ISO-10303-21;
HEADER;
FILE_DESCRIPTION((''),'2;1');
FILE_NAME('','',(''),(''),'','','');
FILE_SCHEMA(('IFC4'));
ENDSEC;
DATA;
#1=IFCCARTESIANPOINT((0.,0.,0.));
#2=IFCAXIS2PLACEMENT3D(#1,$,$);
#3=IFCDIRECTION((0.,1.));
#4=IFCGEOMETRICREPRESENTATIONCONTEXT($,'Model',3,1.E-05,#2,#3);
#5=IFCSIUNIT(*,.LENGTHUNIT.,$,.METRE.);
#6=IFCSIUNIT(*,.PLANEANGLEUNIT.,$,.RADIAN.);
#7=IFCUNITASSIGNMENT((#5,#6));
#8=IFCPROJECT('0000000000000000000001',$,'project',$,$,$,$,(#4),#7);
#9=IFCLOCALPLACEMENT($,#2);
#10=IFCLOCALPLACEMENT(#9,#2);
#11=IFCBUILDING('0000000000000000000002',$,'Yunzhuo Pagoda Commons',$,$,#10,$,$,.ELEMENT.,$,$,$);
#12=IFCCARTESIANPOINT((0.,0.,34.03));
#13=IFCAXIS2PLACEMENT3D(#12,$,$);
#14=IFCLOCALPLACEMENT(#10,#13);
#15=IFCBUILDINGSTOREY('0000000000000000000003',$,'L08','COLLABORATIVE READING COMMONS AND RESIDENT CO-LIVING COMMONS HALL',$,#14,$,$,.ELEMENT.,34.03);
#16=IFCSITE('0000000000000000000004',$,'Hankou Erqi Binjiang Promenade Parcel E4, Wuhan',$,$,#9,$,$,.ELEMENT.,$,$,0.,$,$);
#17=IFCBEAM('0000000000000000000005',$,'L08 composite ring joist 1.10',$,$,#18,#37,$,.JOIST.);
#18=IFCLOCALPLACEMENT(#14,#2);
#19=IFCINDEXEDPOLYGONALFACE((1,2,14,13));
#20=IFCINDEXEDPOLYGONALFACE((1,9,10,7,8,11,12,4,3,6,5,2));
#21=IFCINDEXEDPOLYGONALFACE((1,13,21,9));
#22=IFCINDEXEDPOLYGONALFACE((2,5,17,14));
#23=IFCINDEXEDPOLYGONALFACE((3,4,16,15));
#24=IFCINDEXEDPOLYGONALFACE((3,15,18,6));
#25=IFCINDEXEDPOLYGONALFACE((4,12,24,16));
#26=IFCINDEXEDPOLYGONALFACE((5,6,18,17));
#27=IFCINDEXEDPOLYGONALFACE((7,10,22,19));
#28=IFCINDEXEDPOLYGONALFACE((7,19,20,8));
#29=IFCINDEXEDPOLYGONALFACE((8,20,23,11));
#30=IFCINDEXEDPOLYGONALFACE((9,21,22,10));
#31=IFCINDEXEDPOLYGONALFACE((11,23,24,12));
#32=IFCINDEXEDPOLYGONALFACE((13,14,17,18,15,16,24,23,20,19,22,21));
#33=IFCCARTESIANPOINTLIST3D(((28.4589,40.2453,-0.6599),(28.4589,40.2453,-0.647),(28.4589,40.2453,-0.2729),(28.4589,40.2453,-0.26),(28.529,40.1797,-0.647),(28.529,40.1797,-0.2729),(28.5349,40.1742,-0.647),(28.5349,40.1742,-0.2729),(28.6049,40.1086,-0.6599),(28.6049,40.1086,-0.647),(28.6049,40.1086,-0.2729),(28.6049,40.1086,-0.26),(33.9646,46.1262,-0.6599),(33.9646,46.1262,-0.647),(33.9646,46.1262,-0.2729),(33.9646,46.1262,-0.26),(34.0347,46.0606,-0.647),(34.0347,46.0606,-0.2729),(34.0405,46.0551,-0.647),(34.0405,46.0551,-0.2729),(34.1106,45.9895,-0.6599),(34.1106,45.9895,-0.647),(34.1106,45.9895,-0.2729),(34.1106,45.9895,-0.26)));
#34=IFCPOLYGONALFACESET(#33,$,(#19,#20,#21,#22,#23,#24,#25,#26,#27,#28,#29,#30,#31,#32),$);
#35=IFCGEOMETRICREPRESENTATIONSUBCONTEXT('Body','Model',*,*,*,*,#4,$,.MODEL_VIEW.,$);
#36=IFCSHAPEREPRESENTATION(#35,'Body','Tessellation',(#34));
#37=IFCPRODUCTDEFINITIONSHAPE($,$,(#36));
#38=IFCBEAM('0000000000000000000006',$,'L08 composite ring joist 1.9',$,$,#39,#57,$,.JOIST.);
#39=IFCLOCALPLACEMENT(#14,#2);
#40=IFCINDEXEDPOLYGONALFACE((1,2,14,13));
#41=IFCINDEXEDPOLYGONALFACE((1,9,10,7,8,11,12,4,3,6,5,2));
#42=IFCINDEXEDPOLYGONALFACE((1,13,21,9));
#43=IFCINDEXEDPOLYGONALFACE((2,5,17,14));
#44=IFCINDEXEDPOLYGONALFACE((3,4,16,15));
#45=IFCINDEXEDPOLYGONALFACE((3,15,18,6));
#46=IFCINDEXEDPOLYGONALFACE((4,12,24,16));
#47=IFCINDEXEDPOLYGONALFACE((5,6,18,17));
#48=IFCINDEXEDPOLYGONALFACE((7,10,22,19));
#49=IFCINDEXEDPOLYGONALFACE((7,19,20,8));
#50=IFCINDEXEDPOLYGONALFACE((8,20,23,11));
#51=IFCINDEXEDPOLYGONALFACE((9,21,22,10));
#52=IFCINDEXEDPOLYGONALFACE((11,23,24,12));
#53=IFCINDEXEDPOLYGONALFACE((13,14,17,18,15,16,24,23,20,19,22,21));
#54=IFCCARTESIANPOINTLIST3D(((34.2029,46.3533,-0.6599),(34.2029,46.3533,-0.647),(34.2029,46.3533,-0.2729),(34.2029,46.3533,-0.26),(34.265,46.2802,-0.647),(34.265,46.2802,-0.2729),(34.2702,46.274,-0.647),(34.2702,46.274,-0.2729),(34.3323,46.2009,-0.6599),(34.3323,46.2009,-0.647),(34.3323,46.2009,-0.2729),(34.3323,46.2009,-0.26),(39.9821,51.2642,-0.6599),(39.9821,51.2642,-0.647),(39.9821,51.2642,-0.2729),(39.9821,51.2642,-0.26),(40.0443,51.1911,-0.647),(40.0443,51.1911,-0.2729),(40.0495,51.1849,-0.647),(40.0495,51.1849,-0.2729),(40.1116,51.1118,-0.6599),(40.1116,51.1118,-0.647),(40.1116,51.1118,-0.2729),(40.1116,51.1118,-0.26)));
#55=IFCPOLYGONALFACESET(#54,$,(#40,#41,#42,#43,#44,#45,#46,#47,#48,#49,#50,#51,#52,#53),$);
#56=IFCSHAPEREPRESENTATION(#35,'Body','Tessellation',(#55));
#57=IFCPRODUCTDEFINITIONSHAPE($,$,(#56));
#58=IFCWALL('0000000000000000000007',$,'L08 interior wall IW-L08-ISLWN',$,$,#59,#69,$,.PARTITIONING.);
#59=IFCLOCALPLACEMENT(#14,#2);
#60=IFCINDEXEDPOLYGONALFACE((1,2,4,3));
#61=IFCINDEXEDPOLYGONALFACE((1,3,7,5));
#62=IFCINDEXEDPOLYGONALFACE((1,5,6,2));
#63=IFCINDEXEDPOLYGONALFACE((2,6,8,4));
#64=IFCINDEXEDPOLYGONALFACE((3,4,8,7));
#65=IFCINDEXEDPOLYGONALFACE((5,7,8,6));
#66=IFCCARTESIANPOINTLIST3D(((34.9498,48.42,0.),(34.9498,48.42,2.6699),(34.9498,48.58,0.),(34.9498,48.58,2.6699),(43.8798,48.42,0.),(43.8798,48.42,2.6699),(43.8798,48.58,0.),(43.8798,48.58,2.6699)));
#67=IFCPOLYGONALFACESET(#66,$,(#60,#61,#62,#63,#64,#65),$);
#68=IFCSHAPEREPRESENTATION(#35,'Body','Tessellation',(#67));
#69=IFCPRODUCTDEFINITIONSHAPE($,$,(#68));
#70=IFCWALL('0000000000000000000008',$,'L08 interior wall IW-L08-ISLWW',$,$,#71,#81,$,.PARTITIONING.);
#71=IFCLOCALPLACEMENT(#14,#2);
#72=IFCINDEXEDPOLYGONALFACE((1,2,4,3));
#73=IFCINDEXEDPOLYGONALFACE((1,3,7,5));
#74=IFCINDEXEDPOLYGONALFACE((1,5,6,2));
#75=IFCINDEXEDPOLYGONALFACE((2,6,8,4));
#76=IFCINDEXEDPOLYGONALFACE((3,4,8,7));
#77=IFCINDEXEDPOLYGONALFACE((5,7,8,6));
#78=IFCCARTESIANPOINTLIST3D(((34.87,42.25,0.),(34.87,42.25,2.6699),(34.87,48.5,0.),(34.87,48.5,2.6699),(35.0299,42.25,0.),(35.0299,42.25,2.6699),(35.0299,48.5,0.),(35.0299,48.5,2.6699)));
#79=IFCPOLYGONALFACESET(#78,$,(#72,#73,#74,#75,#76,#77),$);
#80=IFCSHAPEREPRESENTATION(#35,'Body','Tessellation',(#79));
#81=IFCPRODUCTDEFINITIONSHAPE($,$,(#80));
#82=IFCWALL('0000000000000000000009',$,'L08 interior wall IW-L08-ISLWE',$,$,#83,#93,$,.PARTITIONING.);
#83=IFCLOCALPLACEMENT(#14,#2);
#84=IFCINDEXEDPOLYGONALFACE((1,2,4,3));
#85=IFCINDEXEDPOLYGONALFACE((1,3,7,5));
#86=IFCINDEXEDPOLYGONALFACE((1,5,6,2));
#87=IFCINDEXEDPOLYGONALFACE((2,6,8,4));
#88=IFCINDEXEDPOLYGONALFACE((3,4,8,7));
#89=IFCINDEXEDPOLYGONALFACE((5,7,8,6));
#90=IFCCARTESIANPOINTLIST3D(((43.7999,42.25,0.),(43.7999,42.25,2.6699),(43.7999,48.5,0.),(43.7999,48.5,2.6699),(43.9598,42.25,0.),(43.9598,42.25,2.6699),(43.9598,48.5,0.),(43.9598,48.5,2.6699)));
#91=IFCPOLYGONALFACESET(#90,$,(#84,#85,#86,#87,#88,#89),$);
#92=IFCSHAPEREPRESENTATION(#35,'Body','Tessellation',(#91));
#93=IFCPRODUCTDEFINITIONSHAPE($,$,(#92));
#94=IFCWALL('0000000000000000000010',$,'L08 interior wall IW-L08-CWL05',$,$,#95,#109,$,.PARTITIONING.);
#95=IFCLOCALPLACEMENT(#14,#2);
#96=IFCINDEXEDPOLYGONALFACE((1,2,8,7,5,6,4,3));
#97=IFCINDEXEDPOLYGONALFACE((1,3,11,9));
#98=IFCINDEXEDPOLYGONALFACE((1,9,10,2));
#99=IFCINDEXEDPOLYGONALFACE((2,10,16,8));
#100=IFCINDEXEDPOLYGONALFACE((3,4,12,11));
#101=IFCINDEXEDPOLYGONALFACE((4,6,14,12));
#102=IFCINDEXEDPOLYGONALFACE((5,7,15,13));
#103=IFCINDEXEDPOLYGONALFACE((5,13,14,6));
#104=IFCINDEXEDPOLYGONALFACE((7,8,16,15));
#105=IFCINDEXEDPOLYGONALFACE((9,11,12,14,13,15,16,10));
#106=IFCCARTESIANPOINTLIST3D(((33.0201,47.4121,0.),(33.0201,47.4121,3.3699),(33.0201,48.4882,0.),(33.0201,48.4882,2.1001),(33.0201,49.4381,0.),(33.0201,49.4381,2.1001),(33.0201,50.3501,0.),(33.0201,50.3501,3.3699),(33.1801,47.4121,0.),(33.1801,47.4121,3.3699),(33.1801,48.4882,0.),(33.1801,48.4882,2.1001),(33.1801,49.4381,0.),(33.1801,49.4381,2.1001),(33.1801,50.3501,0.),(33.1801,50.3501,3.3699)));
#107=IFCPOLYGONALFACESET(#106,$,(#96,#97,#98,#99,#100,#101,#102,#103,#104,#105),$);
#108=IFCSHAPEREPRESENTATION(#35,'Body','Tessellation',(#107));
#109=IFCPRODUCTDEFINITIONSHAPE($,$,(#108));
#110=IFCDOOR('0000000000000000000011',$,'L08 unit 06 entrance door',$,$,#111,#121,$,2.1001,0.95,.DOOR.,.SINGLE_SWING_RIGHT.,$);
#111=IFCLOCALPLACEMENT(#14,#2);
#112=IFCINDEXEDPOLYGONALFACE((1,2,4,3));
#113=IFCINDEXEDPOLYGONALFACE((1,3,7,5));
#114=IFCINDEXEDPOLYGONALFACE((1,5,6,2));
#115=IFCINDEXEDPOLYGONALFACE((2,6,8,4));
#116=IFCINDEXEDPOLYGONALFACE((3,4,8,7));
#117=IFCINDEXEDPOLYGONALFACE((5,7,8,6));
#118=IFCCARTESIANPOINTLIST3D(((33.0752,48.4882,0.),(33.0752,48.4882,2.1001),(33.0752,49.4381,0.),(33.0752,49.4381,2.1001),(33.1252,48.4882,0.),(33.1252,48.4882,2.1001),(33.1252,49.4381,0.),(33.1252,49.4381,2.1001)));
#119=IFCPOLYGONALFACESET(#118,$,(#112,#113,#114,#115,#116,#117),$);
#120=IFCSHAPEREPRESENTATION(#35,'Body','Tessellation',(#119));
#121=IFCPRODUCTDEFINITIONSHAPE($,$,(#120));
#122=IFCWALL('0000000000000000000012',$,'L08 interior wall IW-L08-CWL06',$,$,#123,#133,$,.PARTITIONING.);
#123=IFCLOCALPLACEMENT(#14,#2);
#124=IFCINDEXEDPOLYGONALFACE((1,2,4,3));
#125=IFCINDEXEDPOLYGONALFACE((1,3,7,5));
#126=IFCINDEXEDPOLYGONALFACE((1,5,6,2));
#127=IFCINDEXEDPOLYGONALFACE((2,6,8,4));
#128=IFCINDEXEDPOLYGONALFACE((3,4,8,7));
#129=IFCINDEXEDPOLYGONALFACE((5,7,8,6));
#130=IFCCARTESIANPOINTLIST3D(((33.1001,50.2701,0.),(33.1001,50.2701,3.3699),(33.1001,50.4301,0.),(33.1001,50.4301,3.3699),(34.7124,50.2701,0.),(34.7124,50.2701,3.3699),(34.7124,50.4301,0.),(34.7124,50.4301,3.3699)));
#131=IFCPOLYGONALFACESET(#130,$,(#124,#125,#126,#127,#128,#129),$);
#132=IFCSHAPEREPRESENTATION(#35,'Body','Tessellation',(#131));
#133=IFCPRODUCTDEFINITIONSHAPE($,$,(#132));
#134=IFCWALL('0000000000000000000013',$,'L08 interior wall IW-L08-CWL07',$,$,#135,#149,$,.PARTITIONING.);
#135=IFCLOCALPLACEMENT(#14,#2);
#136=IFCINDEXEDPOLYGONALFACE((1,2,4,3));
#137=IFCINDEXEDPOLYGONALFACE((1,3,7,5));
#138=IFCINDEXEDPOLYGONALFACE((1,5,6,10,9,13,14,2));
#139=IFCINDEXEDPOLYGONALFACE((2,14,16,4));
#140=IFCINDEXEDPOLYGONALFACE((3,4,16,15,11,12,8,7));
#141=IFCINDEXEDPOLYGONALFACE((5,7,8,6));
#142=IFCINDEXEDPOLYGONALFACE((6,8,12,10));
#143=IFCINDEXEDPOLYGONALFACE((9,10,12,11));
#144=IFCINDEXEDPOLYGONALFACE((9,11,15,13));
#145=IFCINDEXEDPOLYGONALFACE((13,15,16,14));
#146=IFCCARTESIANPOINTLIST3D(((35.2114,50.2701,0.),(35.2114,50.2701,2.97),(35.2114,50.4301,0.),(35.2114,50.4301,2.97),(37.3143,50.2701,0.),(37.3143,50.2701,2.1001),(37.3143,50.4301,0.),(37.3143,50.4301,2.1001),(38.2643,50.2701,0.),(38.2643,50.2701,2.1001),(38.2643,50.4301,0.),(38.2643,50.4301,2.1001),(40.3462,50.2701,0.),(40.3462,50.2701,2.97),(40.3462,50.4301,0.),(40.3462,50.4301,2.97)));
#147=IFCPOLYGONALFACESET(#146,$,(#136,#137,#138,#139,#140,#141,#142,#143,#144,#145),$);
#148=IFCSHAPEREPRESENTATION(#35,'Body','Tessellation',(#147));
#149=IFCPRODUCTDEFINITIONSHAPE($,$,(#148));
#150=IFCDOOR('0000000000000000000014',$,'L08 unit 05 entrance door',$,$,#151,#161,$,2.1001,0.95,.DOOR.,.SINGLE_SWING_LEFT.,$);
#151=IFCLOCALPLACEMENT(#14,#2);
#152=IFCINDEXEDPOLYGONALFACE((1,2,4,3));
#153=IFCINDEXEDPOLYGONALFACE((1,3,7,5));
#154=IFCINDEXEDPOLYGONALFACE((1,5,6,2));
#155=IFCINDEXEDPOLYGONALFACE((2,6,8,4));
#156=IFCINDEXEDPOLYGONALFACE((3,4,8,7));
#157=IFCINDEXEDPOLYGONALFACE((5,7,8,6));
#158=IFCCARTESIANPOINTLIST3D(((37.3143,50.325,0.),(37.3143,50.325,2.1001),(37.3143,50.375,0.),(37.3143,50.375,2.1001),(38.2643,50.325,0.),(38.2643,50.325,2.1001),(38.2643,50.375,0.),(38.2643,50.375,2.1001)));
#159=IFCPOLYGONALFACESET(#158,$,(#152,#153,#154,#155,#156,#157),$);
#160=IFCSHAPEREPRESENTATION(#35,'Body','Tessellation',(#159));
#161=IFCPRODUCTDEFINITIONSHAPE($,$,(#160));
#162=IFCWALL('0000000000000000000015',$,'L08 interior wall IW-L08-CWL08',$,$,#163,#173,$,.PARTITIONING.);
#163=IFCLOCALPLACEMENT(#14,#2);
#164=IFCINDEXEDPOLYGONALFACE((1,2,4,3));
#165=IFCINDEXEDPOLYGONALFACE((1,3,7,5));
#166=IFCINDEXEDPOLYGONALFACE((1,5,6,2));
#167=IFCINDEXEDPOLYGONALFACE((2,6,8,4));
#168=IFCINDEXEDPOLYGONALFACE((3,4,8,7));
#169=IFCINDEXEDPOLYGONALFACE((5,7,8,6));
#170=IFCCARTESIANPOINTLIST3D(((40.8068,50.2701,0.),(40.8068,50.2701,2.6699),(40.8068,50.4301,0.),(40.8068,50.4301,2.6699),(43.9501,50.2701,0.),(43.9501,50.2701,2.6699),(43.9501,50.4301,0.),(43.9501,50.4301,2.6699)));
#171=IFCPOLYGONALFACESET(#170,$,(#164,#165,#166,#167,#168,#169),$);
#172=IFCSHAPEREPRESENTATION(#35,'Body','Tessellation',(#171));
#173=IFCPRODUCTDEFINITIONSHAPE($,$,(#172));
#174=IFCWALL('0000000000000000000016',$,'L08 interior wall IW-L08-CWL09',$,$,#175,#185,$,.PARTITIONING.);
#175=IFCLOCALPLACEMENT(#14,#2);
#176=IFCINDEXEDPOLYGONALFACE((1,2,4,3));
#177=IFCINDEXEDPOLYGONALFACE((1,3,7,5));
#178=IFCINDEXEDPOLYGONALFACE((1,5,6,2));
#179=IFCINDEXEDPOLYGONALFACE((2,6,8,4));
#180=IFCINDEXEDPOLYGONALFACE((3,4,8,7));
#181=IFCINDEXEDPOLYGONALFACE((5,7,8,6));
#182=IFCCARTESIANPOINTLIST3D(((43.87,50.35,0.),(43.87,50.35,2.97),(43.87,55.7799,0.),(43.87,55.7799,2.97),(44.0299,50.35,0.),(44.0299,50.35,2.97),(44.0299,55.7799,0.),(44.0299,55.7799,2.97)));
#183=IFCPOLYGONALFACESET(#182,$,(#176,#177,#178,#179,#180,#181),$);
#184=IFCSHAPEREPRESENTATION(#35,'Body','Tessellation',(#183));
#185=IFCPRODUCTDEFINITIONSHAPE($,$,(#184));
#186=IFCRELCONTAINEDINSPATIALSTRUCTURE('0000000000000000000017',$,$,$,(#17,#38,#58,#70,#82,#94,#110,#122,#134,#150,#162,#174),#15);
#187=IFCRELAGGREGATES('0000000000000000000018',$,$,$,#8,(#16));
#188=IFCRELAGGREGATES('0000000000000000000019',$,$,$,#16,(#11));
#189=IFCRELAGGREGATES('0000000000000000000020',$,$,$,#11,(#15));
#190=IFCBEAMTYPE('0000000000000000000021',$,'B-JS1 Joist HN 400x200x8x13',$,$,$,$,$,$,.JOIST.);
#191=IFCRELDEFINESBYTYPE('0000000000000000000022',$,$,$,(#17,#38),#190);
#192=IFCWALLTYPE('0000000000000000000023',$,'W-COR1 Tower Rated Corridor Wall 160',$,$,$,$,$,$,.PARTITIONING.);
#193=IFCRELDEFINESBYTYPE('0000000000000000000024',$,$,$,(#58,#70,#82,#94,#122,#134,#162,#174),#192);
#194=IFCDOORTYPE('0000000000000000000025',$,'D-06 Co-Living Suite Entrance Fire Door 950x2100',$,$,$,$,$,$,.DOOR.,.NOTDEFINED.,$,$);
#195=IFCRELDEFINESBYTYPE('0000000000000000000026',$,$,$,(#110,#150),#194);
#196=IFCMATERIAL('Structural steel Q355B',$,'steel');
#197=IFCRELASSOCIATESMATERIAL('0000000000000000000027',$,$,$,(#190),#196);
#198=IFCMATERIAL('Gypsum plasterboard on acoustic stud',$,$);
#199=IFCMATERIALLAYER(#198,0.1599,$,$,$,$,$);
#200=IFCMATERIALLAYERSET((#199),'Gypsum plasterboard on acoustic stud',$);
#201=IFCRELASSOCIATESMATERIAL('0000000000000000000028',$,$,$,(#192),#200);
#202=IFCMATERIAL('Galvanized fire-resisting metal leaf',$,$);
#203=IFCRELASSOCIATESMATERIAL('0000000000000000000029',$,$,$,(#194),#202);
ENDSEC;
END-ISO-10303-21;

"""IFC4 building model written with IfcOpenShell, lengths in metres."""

from ifc_helpers import new_model, si_unit, direction, frame, frame_2d, origin, origin_with_axes, origin_2d, place, context, subcontext, project, spatial, rectangle, i_section, extrude, source, transform, mapped, material, layer, layer_set, material_profile, profile_set, type_object, element, fill, save


model = new_model("IFC4")

# Units and contexts
model_context = context("Model", 3, precision=1e-05, world=origin(), true_north=direction((0.0, 1.0)))
body_context = subcontext(model_context, "Body", "Model", "MODEL_VIEW")
ifc_project = project(units=[si_unit("LENGTHUNIT", "METRE"), si_unit("PLANEANGLEUNIT", "RADIAN")], contexts=[model_context])

# Site, building, storey
site_placement = place(None, origin())
site = spatial("IfcSite", under=ifc_project, at=site_placement, Name="Hankou Erqi Binjiang Promenade Parcel E4, Wuhan", CompositionType="ELEMENT", RefElevation=0.0)
building_placement = place(site_placement, origin())
building = spatial("IfcBuilding", under=site, at=building_placement, Name="Yunzhuo Pagoda Commons", CompositionType="ELEMENT")
storey_placement = place(building_placement, frame((0.0, 0.0, 34.03)))
storey = spatial("IfcBuildingStorey", under=building, at=storey_placement, Name="L08", Description="COLLABORATIVE READING COMMONS AND RESIDENT CO-LIVING COMMONS HALL", CompositionType="ELEMENT", Elevation=34.03)

# Beams
ifc_material_1 = material(Name="Structural steel Q355B", Category="steel")
ifc_material_profile = material_profile(ifc_material_1, i_section(OverallWidth=0.2, OverallDepth=0.3999, WebThickness=0.0081, FlangeThickness=0.0129, at=origin_2d()), Name="Structural steel Q355B")
ifc_profile_set = profile_set([ifc_material_profile], Name="Structural steel Q355B")
beam_type = type_object("IfcBeamType", Name="B-JS1 Joist HN 400x200x8x13", PredefinedType="JOIST", material=ifc_profile_set)
shared_shape_1 = source(origin(), body_context, "Body", "SweptSolid", [
    extrude(i_section(OverallWidth=0.2, OverallDepth=0.3999, WebThickness=0.0081, FlangeThickness=0.0129, at=origin_2d()), origin(), (0.0, 0.0, 1.0), 8.0559),
])
beam_1_placement = place(storey_placement, frame((34.0376, 46.0579, -0.46), z_axis=(-0.683433, -0.730013, 0.0), x_axis=(0.730013, -0.683433, 0.0)))
element("IfcBeam", 1, at=beam_1_placement, inside=storey, type_object=beam_type, Name="L08 composite ring joist 1.10", PredefinedType="JOIST", context=body_context, shape_type="MappedRepresentation", body=[
    mapped(shared_shape_1, transform((0.0, 0.0, 0.0), scale=1.0)),
])
shared_shape_2 = source(origin(), body_context, "Body", "SweptSolid", [
    extrude(i_section(OverallWidth=0.2, OverallDepth=0.3999, WebThickness=0.0081, FlangeThickness=0.0129, at=origin_2d()), origin(), (0.0, 0.0, 1.0), 7.584),
])
beam_2_placement = place(storey_placement, frame((40.0469, 51.188, -0.46), z_axis=(-0.762038, -0.647533, 0.0), x_axis=(0.647533, -0.762038, 0.0)))
element("IfcBeam", 2, at=beam_2_placement, inside=storey, type_object=beam_type, Name="L08 composite ring joist 1.9", PredefinedType="JOIST", context=body_context, shape_type="MappedRepresentation", body=[
    mapped(shared_shape_2, transform((0.0, 0.0, 0.0), scale=1.0)),
])

# Walls
ifc_material_2 = material(Name="Gypsum plasterboard on acoustic stud")
ifc_layer_1 = layer(ifc_material_2, 0.1599)
ifc_layer_set_1 = layer_set([ifc_layer_1], Name="Gypsum plasterboard on acoustic stud")
wall_type_1 = type_object("IfcWallType", Name="W-COR1 Tower Rated Corridor Wall 160", PredefinedType="PARTITIONING", material=ifc_layer_set_1)
wall_1_placement = place(storey_placement, frame((34.95, 48.5, 0.0), z_axis=(0.0, 0.0, 1.0), x_axis=(1.0, 0.0, 0.0)))
element("IfcWall", 3, at=wall_1_placement, inside=storey, type_object=wall_type_1, Name="L08 interior wall IW-L08-ISLWN", PredefinedType="PARTITIONING", context=body_context, shape_type="SweptSolid", body=[
    extrude(rectangle(XDim=8.9299, YDim=0.1599, at=frame_2d((4.4648, 0.0))), origin(), (0.0, 0.0, 1.0), 2.6699),
])
for number, where, z_axis, x_axis, name in (
    (4, (34.95, 42.25, 0.0), (0.0, 0.0, 1.0), (0.0, 1.0, 0.0), "L08 interior wall IW-L08-ISLWW"),
    (5, (43.8799, 42.25, 0.0), (0.0, 0.0, 1.0), (0.0, 1.0, 0.0), "L08 interior wall IW-L08-ISLWE"),
):
    element("IfcWall", number, at=place(storey_placement, frame(where, z_axis=z_axis, x_axis=x_axis)), inside=storey, type_object=wall_type_1, Name=name, PredefinedType="PARTITIONING", context=body_context, shape_type="SweptSolid", body=[
        extrude(rectangle(XDim=6.25, YDim=0.1599, at=frame_2d((3.125, 0.0))), origin(), (0.0, 0.0, 1.0), 2.6699),
    ])

# Wall, opening, door
wall_2_placement = place(storey_placement, frame((33.1001, 47.4121, 0.0), z_axis=(0.0, 0.0, 1.0), x_axis=(0.0, 1.0, 0.0)))
wall_2 = element("IfcWall", 6, at=wall_2_placement, inside=storey, type_object=wall_type_1, Name="L08 interior wall IW-L08-CWL05", PredefinedType="PARTITIONING", context=body_context, shape_type="SweptSolid", body=[
    extrude(rectangle(XDim=2.938, YDim=0.1599, at=frame_2d((1.469, 0.0))), origin(), (0.0, 0.0, 1.0), 3.3699),
])
opening_1_placement = place(wall_2_placement, frame((1.0759, 0.0, 0.0)))
opening_1 = element("IfcOpeningElement", 7, at=opening_1_placement, cuts=wall_2, PredefinedType="OPENING", context=body_context, shape_type="SweptSolid", body=[
    extrude(rectangle(XDim=0.95, YDim=2.1001, at=frame_2d((0.4751, 1.05))), frame((0.0, 0.0898, 0.0), z_axis=(0.0, -1.0, 0.0), x_axis=(1.0, 0.0, 0.0)), (0.0, 0.0, 1.0), 0.1799),
])
ifc_material_3 = material(Name="Galvanized fire-resisting metal leaf")
door_type = type_object("IfcDoorType", Name="D-06 Co-Living Suite Entrance Fire Door 950x2100", OperationType="NOTDEFINED", PredefinedType="DOOR", material=ifc_material_3)
shared_shape_3 = source(origin(), body_context, "Body", "SweptSolid", [
    extrude(rectangle(XDim=0.95, YDim=2.1001, at=frame_2d((0.4751, 1.05))), frame((0.0, 0.0249, 0.0), z_axis=(0.0, -1.0, 0.0), x_axis=(1.0, 0.0, 0.0)), (0.0, 0.0, 1.0), 0.05),
])
door_1_placement = place(opening_1_placement, origin_with_axes())
door_1 = element("IfcDoor", 8, at=door_1_placement, inside=storey, type_object=door_type, Name="L08 unit 06 entrance door", OperationType="SINGLE_SWING_RIGHT", OverallHeight=2.1001, OverallWidth=0.95, PredefinedType="DOOR", context=body_context, shape_type="MappedRepresentation", body=[
    mapped(shared_shape_3, transform((0.0, 0.0, 0.0), scale=1.0)),
])
fill(opening_1, door_1)

# Wall
wall_3_placement = place(storey_placement, frame((33.1001, 50.3501, 0.0), z_axis=(0.0, 0.0, 1.0), x_axis=(1.0, 0.0, 0.0)))
element("IfcWall", 9, at=wall_3_placement, inside=storey, type_object=wall_type_1, Name="L08 interior wall IW-L08-CWL06", PredefinedType="PARTITIONING", context=body_context, shape_type="SweptSolid", body=[
    extrude(rectangle(XDim=1.6123, YDim=0.1599, at=frame_2d((0.8062, 0.0))), origin(), (0.0, 0.0, 1.0), 3.3699),
])

# Wall, opening, door
wall_4_placement = place(storey_placement, frame((35.2114, 50.3501, 0.0), z_axis=(0.0, 0.0, 1.0), x_axis=(1.0, 0.0, 0.0)))
wall_4 = element("IfcWall", 10, at=wall_4_placement, inside=storey, type_object=wall_type_1, Name="L08 interior wall IW-L08-CWL07", PredefinedType="PARTITIONING", context=body_context, shape_type="SweptSolid", body=[
    extrude(rectangle(XDim=5.1348, YDim=0.1599, at=frame_2d((2.5674, 0.0))), origin(), (0.0, 0.0, 1.0), 2.97),
])
opening_2_placement = place(wall_4_placement, frame((2.1028, 0.0, 0.0)))
opening_2 = element("IfcOpeningElement", 11, at=opening_2_placement, cuts=wall_4, PredefinedType="OPENING", context=body_context, shape_type="SweptSolid", body=[
    extrude(rectangle(XDim=0.95, YDim=2.1001, at=frame_2d((0.4751, 1.05))), frame((0.0, 0.0898, 0.0), z_axis=(0.0, -1.0, 0.0), x_axis=(1.0, 0.0, 0.0)), (0.0, 0.0, 1.0), 0.1799),
])
door_2_placement = place(opening_2_placement, origin_with_axes())
door_2 = element("IfcDoor", 12, at=door_2_placement, inside=storey, type_object=door_type, Name="L08 unit 05 entrance door", OperationType="SINGLE_SWING_LEFT", OverallHeight=2.1001, OverallWidth=0.95, PredefinedType="DOOR", context=body_context, shape_type="MappedRepresentation", body=[
    mapped(shared_shape_3, transform((0.0, 0.0, 0.0), scale=1.0)),
])
fill(opening_2, door_2)

# Walls
wall_5_placement = place(storey_placement, frame((40.8066, 50.3501, 0.0), z_axis=(0.0, 0.0, 1.0), x_axis=(1.0, 0.0, 0.0)))
element("IfcWall", 13, at=wall_5_placement, inside=storey, type_object=wall_type_1, Name="L08 interior wall IW-L08-CWL08", PredefinedType="PARTITIONING", context=body_context, shape_type="SweptSolid", body=[
    extrude(rectangle(XDim=3.1433, YDim=0.1599, at=frame_2d((1.5718, 0.0))), origin(), (0.0, 0.0, 1.0), 2.6699),
])
wall_6_placement = place(storey_placement, frame((43.95, 50.3501, 0.0), z_axis=(0.0, 0.0, 1.0), x_axis=(0.0, 1.0, 0.0)))
element("IfcWall", 14, at=wall_6_placement, inside=storey, type_object=wall_type_1, Name="L08 interior wall IW-L08-CWL09", PredefinedType="PARTITIONING", context=body_context, shape_type="SweptSolid", body=[
    extrude(rectangle(XDim=5.4299, YDim=0.1599, at=frame_2d((2.7148, 0.0))), origin(), (0.0, 0.0, 1.0), 2.97),
])

save(model, "model.ifc")
